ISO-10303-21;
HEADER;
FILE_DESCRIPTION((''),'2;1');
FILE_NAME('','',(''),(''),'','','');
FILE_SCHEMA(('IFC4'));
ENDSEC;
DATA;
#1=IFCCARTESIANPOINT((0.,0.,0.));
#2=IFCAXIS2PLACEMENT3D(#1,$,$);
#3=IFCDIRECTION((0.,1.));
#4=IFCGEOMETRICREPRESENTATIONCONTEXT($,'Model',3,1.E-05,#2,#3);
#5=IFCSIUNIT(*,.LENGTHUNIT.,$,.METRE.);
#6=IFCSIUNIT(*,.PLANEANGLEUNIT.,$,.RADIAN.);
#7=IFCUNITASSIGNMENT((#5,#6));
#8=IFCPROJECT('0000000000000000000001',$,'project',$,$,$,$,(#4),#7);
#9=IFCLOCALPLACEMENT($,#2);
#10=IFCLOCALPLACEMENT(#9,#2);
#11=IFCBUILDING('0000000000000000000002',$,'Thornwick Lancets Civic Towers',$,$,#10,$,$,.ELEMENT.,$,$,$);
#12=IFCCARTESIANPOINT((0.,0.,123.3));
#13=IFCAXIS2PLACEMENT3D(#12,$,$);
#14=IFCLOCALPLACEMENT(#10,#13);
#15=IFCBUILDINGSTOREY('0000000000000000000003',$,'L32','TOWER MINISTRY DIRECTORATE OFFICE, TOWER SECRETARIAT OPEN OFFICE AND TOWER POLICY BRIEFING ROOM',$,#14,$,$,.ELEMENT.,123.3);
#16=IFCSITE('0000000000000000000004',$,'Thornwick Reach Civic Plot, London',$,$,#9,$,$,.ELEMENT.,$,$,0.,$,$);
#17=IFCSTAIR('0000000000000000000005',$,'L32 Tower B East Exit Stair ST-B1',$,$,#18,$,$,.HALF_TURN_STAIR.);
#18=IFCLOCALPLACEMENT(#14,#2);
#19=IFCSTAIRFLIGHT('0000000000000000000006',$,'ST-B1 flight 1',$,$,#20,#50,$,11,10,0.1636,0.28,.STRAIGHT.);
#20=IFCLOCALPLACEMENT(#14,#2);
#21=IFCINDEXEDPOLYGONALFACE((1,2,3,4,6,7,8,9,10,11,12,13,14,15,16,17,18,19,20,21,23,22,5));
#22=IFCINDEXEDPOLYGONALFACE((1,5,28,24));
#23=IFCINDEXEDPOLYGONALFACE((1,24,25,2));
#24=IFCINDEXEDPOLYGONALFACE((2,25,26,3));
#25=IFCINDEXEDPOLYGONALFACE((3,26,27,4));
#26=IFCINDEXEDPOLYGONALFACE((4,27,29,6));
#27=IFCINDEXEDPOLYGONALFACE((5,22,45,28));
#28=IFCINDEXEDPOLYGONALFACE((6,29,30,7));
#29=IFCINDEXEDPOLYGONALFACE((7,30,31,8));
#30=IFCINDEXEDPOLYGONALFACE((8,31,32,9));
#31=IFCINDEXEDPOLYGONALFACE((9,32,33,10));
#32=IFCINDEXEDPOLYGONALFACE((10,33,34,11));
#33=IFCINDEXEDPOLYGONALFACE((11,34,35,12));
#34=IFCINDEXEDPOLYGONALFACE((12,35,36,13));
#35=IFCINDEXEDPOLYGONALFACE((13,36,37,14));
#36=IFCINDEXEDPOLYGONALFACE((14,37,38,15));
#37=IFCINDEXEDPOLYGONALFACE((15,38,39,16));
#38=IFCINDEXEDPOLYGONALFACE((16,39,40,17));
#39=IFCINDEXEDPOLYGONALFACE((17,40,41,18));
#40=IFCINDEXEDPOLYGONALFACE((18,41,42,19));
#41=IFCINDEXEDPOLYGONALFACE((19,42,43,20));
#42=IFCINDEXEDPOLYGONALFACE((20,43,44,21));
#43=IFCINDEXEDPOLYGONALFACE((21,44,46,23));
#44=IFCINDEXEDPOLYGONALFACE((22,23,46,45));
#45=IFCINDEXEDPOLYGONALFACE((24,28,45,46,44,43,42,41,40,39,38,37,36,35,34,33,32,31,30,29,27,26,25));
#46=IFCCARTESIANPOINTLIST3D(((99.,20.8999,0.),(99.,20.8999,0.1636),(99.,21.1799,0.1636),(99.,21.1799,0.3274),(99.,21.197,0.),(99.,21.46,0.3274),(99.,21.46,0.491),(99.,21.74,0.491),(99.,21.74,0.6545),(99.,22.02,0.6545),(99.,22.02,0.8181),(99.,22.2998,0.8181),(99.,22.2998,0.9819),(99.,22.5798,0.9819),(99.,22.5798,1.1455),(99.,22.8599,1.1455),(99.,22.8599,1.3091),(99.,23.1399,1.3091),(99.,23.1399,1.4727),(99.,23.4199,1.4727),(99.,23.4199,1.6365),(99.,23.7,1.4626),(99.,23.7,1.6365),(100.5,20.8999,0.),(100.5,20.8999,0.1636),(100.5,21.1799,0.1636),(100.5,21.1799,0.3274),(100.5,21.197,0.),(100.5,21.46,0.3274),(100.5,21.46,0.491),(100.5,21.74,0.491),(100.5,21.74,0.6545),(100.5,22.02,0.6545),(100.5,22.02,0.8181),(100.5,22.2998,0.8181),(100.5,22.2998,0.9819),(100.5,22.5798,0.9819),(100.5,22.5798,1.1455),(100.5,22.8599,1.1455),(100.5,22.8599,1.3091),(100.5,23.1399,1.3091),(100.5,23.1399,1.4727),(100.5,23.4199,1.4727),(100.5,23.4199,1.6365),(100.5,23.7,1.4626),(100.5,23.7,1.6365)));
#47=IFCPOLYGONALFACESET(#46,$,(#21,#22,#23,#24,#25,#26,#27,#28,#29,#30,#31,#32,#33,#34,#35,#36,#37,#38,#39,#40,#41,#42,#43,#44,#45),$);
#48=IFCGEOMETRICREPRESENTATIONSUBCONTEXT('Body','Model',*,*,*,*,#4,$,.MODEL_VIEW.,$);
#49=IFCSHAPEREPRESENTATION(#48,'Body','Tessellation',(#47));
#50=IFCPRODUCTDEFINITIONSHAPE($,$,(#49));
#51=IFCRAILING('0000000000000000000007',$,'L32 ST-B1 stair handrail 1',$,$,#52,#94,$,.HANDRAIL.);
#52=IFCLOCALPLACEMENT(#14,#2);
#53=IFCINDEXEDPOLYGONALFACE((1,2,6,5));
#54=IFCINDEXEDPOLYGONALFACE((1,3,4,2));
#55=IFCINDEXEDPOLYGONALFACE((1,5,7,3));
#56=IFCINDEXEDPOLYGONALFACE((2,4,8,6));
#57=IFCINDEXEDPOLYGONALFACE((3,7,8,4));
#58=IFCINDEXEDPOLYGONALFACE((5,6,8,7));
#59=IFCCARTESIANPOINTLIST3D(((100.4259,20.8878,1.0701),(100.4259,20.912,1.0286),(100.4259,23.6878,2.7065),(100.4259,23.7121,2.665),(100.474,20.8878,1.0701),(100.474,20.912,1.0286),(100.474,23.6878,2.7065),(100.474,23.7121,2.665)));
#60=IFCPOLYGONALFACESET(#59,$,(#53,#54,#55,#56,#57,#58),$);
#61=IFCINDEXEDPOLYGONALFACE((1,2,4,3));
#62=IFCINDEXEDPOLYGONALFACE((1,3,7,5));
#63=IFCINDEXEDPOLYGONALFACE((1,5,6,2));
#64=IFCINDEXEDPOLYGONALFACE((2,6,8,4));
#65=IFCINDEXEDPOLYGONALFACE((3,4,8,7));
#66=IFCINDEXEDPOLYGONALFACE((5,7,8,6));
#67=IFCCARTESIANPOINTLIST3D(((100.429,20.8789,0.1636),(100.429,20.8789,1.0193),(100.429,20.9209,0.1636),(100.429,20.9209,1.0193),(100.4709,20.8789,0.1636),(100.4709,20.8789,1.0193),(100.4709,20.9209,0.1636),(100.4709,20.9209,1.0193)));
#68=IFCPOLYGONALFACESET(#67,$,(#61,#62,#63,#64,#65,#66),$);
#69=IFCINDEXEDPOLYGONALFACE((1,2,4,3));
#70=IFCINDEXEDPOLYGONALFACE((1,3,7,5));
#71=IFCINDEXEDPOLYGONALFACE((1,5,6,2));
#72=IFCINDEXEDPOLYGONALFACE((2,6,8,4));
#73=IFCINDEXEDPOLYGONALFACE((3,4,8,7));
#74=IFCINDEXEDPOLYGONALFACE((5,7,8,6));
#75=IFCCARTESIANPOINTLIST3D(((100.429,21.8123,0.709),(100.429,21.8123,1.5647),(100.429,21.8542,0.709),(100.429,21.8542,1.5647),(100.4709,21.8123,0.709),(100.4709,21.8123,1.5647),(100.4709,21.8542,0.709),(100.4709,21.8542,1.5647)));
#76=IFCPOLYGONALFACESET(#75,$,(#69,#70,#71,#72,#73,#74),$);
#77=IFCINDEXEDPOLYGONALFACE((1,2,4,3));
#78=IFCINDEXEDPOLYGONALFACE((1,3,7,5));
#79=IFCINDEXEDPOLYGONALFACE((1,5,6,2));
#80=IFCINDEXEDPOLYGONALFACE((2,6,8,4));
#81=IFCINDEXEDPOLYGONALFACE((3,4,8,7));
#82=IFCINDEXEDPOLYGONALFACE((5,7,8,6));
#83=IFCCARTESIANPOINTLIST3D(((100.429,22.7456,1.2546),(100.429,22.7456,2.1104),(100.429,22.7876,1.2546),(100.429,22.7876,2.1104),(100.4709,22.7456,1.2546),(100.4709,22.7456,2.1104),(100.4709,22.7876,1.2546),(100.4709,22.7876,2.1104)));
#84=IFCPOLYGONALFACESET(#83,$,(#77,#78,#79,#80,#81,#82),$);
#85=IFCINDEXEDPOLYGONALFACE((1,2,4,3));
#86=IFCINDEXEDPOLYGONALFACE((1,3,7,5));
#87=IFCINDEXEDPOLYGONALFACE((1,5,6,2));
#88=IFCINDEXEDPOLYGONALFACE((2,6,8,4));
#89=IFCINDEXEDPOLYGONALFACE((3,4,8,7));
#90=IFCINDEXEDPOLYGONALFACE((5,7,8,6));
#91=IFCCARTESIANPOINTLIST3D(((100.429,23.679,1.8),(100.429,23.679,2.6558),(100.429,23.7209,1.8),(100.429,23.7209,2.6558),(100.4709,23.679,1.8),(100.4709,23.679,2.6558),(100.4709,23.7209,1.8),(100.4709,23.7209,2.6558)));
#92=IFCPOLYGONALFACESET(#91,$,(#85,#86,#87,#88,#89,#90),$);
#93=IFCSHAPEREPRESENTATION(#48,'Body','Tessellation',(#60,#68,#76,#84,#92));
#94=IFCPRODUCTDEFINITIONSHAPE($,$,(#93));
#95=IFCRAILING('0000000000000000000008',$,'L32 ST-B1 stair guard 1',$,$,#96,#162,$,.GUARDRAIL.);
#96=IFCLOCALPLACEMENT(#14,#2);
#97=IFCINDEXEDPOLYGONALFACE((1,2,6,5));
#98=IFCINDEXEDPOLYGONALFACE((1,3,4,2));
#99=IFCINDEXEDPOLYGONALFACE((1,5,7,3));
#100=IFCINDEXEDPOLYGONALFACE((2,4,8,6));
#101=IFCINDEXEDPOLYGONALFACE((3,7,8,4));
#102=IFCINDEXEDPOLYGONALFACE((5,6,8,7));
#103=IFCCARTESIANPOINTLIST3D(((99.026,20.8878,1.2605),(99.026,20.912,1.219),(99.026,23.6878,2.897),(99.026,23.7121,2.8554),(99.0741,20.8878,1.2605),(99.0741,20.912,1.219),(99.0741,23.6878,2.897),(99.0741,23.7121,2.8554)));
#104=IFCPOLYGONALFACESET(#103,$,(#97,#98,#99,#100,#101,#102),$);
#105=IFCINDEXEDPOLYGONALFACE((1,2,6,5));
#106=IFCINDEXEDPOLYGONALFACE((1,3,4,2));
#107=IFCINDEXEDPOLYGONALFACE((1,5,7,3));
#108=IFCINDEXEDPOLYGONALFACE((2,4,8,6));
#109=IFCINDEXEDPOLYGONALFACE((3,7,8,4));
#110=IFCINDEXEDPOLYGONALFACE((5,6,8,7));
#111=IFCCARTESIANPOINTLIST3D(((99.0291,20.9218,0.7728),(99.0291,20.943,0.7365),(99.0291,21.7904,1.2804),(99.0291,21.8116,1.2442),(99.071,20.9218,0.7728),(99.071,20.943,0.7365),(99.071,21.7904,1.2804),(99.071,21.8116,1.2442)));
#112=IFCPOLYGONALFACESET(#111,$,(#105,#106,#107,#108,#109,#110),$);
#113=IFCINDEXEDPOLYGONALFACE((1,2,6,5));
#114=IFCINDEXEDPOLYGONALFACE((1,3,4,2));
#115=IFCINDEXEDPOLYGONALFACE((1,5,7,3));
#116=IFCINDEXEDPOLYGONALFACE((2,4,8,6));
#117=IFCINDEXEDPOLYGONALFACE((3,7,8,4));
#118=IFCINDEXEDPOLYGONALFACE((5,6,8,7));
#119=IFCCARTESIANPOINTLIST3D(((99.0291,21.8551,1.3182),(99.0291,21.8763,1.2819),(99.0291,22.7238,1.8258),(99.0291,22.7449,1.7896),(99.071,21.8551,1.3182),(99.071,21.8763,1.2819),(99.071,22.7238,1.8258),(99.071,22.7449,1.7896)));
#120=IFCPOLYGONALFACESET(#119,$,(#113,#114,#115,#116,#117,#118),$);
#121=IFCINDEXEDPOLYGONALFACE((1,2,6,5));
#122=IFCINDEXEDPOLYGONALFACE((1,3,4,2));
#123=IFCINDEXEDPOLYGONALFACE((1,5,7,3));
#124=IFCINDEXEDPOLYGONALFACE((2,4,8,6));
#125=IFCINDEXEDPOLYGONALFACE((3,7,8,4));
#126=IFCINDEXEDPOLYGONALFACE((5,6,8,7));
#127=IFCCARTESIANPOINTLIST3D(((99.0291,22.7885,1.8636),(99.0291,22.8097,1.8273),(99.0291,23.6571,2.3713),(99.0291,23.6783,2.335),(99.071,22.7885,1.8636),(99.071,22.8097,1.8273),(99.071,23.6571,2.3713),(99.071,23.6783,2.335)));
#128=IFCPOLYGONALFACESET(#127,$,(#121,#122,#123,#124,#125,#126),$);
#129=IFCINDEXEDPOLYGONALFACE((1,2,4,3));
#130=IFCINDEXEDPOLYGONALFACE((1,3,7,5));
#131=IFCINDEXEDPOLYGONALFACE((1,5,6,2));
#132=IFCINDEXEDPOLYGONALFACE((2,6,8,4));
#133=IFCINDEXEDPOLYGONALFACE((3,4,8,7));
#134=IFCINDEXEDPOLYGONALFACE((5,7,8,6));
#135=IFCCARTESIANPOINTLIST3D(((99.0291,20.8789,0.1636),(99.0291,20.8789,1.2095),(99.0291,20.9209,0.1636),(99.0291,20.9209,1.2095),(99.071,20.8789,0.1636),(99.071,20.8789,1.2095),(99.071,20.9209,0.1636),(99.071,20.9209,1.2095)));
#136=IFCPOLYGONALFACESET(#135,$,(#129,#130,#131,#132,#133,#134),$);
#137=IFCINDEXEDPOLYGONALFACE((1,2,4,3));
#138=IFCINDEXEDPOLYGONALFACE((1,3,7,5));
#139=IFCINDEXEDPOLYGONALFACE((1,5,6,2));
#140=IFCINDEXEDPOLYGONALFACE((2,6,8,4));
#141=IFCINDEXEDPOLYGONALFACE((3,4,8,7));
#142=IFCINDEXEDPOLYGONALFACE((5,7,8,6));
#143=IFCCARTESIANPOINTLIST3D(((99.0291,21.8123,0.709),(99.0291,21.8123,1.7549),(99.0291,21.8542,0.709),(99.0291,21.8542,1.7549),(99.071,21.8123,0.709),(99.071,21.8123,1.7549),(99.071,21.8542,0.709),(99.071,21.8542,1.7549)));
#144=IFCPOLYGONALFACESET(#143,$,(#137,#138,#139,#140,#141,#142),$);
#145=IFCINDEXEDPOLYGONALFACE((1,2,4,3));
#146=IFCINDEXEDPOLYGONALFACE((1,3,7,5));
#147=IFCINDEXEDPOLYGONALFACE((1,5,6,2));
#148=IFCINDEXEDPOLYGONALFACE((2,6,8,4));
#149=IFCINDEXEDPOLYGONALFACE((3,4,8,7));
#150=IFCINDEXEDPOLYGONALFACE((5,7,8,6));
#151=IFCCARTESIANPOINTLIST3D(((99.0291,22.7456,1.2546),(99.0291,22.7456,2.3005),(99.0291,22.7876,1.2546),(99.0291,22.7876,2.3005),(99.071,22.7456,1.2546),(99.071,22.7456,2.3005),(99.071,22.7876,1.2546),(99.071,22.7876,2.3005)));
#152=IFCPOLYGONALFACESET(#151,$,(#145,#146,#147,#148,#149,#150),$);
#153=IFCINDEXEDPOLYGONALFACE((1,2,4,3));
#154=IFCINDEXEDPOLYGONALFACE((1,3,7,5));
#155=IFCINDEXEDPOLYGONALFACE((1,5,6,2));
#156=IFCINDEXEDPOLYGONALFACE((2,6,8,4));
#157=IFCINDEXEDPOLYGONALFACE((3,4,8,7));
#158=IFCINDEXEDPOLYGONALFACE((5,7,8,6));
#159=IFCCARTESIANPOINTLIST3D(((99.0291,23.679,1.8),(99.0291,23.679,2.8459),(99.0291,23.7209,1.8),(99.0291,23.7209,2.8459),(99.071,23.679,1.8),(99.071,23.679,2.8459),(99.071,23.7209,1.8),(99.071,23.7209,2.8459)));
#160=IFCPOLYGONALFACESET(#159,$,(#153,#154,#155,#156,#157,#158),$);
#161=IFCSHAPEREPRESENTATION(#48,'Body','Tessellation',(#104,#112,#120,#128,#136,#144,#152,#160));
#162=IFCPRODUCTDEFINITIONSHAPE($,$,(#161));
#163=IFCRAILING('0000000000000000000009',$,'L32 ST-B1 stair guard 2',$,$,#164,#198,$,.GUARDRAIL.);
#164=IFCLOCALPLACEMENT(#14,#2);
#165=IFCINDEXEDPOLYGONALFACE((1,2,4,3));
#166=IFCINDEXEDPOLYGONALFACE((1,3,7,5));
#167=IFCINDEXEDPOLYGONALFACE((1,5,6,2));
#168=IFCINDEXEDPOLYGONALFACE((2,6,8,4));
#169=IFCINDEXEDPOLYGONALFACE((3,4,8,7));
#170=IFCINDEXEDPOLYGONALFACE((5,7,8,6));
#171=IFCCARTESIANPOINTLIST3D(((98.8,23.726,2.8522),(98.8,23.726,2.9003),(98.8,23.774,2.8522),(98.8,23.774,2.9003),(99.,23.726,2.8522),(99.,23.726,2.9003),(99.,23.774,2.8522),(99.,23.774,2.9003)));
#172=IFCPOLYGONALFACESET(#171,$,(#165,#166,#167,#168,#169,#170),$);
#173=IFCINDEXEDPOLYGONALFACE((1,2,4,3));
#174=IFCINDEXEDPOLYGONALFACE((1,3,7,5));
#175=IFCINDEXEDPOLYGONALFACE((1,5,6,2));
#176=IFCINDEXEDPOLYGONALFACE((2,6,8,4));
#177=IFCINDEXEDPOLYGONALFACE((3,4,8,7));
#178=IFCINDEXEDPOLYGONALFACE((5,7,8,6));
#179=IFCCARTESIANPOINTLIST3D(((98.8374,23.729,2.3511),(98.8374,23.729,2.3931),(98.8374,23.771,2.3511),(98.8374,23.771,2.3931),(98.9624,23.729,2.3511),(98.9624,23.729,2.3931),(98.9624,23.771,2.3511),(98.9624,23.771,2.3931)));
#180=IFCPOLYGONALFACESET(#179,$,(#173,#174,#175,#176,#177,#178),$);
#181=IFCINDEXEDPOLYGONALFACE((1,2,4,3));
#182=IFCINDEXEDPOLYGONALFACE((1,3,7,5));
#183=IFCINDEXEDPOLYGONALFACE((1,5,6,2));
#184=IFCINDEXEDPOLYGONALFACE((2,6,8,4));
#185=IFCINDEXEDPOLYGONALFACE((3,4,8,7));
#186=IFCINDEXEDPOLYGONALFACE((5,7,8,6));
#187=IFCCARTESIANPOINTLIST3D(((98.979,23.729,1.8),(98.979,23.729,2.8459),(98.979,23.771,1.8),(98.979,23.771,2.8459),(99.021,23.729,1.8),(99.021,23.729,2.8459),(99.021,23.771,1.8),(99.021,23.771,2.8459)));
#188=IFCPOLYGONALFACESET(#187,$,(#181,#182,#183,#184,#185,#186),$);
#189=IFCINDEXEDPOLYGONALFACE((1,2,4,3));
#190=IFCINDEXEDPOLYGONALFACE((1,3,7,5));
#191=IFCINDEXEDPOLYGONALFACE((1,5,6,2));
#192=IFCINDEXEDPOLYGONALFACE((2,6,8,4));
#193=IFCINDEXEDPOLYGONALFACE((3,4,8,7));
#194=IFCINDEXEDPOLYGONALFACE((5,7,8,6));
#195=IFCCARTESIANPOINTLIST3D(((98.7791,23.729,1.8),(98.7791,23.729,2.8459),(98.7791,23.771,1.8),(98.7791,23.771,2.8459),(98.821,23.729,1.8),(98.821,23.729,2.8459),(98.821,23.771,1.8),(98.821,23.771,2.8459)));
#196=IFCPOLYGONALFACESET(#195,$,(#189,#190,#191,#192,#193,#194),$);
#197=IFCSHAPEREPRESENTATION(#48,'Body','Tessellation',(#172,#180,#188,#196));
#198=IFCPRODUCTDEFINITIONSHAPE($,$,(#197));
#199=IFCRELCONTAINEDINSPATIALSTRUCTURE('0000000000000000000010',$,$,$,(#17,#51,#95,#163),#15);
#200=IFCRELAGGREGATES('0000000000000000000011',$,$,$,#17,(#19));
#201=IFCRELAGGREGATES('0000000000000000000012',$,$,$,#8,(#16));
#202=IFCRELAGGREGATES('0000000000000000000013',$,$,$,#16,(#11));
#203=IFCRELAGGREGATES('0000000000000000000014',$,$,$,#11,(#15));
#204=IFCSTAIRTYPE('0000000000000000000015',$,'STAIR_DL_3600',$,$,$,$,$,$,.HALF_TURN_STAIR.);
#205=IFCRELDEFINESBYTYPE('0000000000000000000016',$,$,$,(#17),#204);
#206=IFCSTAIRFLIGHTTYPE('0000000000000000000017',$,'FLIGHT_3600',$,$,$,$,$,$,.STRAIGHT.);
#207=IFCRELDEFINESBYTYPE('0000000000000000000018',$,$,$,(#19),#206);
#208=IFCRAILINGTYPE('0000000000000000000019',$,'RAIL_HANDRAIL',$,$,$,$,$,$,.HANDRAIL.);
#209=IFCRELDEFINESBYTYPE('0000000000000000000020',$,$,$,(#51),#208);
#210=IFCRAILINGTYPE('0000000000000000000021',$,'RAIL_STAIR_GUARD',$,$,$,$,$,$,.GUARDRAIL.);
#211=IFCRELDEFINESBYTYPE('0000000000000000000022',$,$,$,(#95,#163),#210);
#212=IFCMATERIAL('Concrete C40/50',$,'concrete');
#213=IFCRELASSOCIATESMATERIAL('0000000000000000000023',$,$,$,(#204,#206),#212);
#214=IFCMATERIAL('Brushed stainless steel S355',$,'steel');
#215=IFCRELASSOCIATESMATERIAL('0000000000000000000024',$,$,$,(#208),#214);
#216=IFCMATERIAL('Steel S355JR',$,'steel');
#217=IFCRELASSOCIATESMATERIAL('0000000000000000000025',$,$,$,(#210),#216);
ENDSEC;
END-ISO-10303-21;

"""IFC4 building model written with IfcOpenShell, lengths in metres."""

from ifc_helpers import new_model, si_unit, direction, frame, origin, origin_2d, place, context, subcontext, project, spatial, polyline, rectangle, outline, extrude, material, type_object, element, aggregate, save


model = new_model("IFC4")

# Units and contexts
model_context = context("Model", 3, precision=1e-05, world=origin(), true_north=direction((0.0, 1.0)))
body_context = subcontext(model_context, "Body", "Model", "MODEL_VIEW")
ifc_project = project(units=[si_unit("LENGTHUNIT", "METRE"), si_unit("PLANEANGLEUNIT", "RADIAN")], contexts=[model_context])

# Site, building, storey
site_placement = place(None, origin())
site = spatial("IfcSite", under=ifc_project, at=site_placement, Name="Thornwick Reach Civic Plot, London", CompositionType="ELEMENT", RefElevation=0.0)
building_placement = place(site_placement, origin())
building = spatial("IfcBuilding", under=site, at=building_placement, Name="Thornwick Lancets Civic Towers", CompositionType="ELEMENT")
storey_placement = place(building_placement, frame((0.0, 0.0, 123.3)))
storey = spatial("IfcBuildingStorey", under=building, at=storey_placement, Name="L32", Description="TOWER MINISTRY DIRECTORATE OFFICE, TOWER SECRETARIAT OPEN OFFICE AND TOWER POLICY BRIEFING ROOM", CompositionType="ELEMENT", Elevation=123.3)

# Shared definitions
ifc_material_1 = material(Name="Steel S355JR", Category="steel")

# Shared definitions
ifc_material_2 = material(Name="Concrete C40/50", Category="concrete")

# Stair, stair flight
stair_type = type_object("IfcStairType", Name="STAIR_DL_3600", PredefinedType="HALF_TURN_STAIR", material=ifc_material_2)
stair_placement = place(storey_placement, origin())
stair = element("IfcStair", 1, at=stair_placement, inside=storey, type_object=stair_type, Name="L32 Tower B East Exit Stair ST-B1", PredefinedType="HALF_TURN_STAIR")
stair_flight_type = type_object("IfcStairFlightType", Name="FLIGHT_3600", PredefinedType="STRAIGHT", material=ifc_material_2)
stair_flight_placement = place(storey_placement, frame((99.75, 20.8999, 0.0), z_axis=(0.0, 0.0, 1.0), x_axis=(0.0, 1.0, 0.0)))
stair_flight = element("IfcStairFlight", 2, at=stair_flight_placement, type_object=stair_flight_type, Name="ST-B1 flight 1", NumberOfRisers=11, NumberOfTreads=10, PredefinedType="STRAIGHT", RiserHeight=0.1636, TreadLength=0.28, context=body_context, shape_type="SweptSolid", body=[
    extrude(outline(polyline([(0.0, 0.0), (0.0, 0.1636), (0.28, 0.1636), (0.28, 0.3274), (0.5601, 0.3274), (0.5601, 0.491), (0.8401, 0.491), (0.8401, 0.6545), (1.1201, 0.6545), (1.1201, 0.8181), (1.3999, 0.8181), (1.3999, 0.9819), (1.6799, 0.9819), (1.6799, 1.1455), (1.96, 1.1455), (1.96, 1.3091), (2.24, 1.3091), (2.24, 1.4727), (2.52, 1.4727), (2.52, 1.6365), (2.8, 1.6365), (2.8, 1.8), (2.8, 1.4626), (0.2971, 0.0), (0.0, 0.0)])), frame((0.0, 0.75, 0.0), z_axis=(0.0, -1.0, 0.0), x_axis=(1.0, 0.0, 0.0)), (0.0, 0.0, 1.0), 1.5),
])
aggregate(stair, [stair_flight])

# Railings
ifc_material_3 = material(Name="Brushed stainless steel S355", Category="steel")
railing_type_1 = type_object("IfcRailingType", Name="RAIL_HANDRAIL", PredefinedType="HANDRAIL", material=ifc_material_3)
railing_1_placement = place(storey_placement, frame((100.45, 20.8999, 0.1636)))
element("IfcRailing", 3, at=railing_1_placement, inside=storey, type_object=railing_type_1, Name="L32 ST-B1 stair handrail 1", PredefinedType="HANDRAIL", context=body_context, shape_type="SweptSolid", body=[
    extrude(rectangle(XDim=0.0481, YDim=0.0481, at=origin_2d()), frame((0.0, 0.0, 0.8857), z_axis=(0.0, 0.863361, 0.504587), x_axis=(-1.0, 0.0, 0.0)), (0.0, 0.0, 1.0), 3.2432),
    extrude(rectangle(XDim=0.042, YDim=0.042, at=origin_2d()), origin(), (0.0, 0.0, 1.0), 0.8557),
    extrude(rectangle(XDim=0.042, YDim=0.042, at=origin_2d()), frame((0.0, 0.9333, 0.5454)), (0.0, 0.0, 1.0), 0.8557),
    extrude(rectangle(XDim=0.042, YDim=0.042, at=origin_2d()), frame((0.0, 1.8667, 1.0911)), (0.0, 0.0, 1.0), 0.8557),
    extrude(rectangle(XDim=0.042, YDim=0.042, at=origin_2d()), frame((0.0, 2.8, 1.6365)), (0.0, 0.0, 1.0), 0.8557),
])
railing_type_2 = type_object("IfcRailingType", Name="RAIL_STAIR_GUARD", PredefinedType="GUARDRAIL", material=ifc_material_1)
railing_2_placement = place(storey_placement, frame((99.05, 20.8999, 0.1636)))
element("IfcRailing", 4, at=railing_2_placement, inside=storey, type_object=railing_type_2, Name="L32 ST-B1 stair guard 1", PredefinedType="GUARDRAIL", context=body_context, shape_type="SweptSolid", body=[
    extrude(rectangle(XDim=0.0481, YDim=0.0481, at=origin_2d()), frame((0.0, 0.0, 1.0762), z_axis=(0.0, 0.863361, 0.504587), x_axis=(-1.0, 0.0, 0.0)), (0.0, 0.0, 1.0), 3.2432),
    extrude(rectangle(XDim=0.042, YDim=0.042, at=origin_2d()), frame((0.0, 0.0325, 0.5911), z_axis=(0.0, 0.863361, 0.504587), x_axis=(-1.0, 0.0, 0.0)), (0.0, 0.0, 1.0), 1.0061),
    extrude(rectangle(XDim=0.042, YDim=0.042, at=origin_2d()), frame((0.0, 0.9658, 1.1365), z_axis=(0.0, 0.863361, 0.504587), x_axis=(-1.0, 0.0, 0.0)), (0.0, 0.0, 1.0), 1.0061),
    extrude(rectangle(XDim=0.042, YDim=0.042, at=origin_2d()), frame((0.0, 1.8992, 1.6819), z_axis=(0.0, 0.863361, 0.504587), x_axis=(-1.0, 0.0, 0.0)), (0.0, 0.0, 1.0), 1.0061),
    extrude(rectangle(XDim=0.042, YDim=0.042, at=origin_2d()), origin(), (0.0, 0.0, 1.0), 1.0459),
    extrude(rectangle(XDim=0.042, YDim=0.042, at=origin_2d()), frame((0.0, 0.9333, 0.5454)), (0.0, 0.0, 1.0), 1.0459),
    extrude(rectangle(XDim=0.042, YDim=0.042, at=origin_2d()), frame((0.0, 1.8667, 1.0911)), (0.0, 0.0, 1.0), 1.0459),
    extrude(rectangle(XDim=0.042, YDim=0.042, at=origin_2d()), frame((0.0, 2.8, 1.6365)), (0.0, 0.0, 1.0), 1.0459),
])
for number, where, name in (
    (5, (99.0, 23.75, 1.8), "L32 ST-B1 stair guard 2"),
):
    element("IfcRailing", number, at=place(storey_placement, frame(where)), inside=storey, type_object=railing_type_2, Name=name, PredefinedType="GUARDRAIL", context=body_context, shape_type="SweptSolid", body=[
        extrude(rectangle(XDim=0.0481, YDim=0.0481, at=origin_2d()), frame((0.0, 0.0, 1.0762), z_axis=(-1.0, 0.0, 0.0), x_axis=(0.0, -1.0, 0.0)), (0.0, 0.0, 1.0), 0.2),
        extrude(rectangle(XDim=0.042, YDim=0.042, at=origin_2d()), frame((-0.0376, 0.0, 0.572), z_axis=(-1.0, 0.0, 0.0), x_axis=(0.0, -1.0, 0.0)), (0.0, 0.0, 1.0), 0.125),
        extrude(rectangle(XDim=0.042, YDim=0.042, at=origin_2d()), origin(), (0.0, 0.0, 1.0), 1.0459),
        extrude(rectangle(XDim=0.042, YDim=0.042, at=origin_2d()), frame((-0.2, 0.0, 0.0)), (0.0, 0.0, 1.0), 1.0459),
    ])

save(model, "model.ifc")
